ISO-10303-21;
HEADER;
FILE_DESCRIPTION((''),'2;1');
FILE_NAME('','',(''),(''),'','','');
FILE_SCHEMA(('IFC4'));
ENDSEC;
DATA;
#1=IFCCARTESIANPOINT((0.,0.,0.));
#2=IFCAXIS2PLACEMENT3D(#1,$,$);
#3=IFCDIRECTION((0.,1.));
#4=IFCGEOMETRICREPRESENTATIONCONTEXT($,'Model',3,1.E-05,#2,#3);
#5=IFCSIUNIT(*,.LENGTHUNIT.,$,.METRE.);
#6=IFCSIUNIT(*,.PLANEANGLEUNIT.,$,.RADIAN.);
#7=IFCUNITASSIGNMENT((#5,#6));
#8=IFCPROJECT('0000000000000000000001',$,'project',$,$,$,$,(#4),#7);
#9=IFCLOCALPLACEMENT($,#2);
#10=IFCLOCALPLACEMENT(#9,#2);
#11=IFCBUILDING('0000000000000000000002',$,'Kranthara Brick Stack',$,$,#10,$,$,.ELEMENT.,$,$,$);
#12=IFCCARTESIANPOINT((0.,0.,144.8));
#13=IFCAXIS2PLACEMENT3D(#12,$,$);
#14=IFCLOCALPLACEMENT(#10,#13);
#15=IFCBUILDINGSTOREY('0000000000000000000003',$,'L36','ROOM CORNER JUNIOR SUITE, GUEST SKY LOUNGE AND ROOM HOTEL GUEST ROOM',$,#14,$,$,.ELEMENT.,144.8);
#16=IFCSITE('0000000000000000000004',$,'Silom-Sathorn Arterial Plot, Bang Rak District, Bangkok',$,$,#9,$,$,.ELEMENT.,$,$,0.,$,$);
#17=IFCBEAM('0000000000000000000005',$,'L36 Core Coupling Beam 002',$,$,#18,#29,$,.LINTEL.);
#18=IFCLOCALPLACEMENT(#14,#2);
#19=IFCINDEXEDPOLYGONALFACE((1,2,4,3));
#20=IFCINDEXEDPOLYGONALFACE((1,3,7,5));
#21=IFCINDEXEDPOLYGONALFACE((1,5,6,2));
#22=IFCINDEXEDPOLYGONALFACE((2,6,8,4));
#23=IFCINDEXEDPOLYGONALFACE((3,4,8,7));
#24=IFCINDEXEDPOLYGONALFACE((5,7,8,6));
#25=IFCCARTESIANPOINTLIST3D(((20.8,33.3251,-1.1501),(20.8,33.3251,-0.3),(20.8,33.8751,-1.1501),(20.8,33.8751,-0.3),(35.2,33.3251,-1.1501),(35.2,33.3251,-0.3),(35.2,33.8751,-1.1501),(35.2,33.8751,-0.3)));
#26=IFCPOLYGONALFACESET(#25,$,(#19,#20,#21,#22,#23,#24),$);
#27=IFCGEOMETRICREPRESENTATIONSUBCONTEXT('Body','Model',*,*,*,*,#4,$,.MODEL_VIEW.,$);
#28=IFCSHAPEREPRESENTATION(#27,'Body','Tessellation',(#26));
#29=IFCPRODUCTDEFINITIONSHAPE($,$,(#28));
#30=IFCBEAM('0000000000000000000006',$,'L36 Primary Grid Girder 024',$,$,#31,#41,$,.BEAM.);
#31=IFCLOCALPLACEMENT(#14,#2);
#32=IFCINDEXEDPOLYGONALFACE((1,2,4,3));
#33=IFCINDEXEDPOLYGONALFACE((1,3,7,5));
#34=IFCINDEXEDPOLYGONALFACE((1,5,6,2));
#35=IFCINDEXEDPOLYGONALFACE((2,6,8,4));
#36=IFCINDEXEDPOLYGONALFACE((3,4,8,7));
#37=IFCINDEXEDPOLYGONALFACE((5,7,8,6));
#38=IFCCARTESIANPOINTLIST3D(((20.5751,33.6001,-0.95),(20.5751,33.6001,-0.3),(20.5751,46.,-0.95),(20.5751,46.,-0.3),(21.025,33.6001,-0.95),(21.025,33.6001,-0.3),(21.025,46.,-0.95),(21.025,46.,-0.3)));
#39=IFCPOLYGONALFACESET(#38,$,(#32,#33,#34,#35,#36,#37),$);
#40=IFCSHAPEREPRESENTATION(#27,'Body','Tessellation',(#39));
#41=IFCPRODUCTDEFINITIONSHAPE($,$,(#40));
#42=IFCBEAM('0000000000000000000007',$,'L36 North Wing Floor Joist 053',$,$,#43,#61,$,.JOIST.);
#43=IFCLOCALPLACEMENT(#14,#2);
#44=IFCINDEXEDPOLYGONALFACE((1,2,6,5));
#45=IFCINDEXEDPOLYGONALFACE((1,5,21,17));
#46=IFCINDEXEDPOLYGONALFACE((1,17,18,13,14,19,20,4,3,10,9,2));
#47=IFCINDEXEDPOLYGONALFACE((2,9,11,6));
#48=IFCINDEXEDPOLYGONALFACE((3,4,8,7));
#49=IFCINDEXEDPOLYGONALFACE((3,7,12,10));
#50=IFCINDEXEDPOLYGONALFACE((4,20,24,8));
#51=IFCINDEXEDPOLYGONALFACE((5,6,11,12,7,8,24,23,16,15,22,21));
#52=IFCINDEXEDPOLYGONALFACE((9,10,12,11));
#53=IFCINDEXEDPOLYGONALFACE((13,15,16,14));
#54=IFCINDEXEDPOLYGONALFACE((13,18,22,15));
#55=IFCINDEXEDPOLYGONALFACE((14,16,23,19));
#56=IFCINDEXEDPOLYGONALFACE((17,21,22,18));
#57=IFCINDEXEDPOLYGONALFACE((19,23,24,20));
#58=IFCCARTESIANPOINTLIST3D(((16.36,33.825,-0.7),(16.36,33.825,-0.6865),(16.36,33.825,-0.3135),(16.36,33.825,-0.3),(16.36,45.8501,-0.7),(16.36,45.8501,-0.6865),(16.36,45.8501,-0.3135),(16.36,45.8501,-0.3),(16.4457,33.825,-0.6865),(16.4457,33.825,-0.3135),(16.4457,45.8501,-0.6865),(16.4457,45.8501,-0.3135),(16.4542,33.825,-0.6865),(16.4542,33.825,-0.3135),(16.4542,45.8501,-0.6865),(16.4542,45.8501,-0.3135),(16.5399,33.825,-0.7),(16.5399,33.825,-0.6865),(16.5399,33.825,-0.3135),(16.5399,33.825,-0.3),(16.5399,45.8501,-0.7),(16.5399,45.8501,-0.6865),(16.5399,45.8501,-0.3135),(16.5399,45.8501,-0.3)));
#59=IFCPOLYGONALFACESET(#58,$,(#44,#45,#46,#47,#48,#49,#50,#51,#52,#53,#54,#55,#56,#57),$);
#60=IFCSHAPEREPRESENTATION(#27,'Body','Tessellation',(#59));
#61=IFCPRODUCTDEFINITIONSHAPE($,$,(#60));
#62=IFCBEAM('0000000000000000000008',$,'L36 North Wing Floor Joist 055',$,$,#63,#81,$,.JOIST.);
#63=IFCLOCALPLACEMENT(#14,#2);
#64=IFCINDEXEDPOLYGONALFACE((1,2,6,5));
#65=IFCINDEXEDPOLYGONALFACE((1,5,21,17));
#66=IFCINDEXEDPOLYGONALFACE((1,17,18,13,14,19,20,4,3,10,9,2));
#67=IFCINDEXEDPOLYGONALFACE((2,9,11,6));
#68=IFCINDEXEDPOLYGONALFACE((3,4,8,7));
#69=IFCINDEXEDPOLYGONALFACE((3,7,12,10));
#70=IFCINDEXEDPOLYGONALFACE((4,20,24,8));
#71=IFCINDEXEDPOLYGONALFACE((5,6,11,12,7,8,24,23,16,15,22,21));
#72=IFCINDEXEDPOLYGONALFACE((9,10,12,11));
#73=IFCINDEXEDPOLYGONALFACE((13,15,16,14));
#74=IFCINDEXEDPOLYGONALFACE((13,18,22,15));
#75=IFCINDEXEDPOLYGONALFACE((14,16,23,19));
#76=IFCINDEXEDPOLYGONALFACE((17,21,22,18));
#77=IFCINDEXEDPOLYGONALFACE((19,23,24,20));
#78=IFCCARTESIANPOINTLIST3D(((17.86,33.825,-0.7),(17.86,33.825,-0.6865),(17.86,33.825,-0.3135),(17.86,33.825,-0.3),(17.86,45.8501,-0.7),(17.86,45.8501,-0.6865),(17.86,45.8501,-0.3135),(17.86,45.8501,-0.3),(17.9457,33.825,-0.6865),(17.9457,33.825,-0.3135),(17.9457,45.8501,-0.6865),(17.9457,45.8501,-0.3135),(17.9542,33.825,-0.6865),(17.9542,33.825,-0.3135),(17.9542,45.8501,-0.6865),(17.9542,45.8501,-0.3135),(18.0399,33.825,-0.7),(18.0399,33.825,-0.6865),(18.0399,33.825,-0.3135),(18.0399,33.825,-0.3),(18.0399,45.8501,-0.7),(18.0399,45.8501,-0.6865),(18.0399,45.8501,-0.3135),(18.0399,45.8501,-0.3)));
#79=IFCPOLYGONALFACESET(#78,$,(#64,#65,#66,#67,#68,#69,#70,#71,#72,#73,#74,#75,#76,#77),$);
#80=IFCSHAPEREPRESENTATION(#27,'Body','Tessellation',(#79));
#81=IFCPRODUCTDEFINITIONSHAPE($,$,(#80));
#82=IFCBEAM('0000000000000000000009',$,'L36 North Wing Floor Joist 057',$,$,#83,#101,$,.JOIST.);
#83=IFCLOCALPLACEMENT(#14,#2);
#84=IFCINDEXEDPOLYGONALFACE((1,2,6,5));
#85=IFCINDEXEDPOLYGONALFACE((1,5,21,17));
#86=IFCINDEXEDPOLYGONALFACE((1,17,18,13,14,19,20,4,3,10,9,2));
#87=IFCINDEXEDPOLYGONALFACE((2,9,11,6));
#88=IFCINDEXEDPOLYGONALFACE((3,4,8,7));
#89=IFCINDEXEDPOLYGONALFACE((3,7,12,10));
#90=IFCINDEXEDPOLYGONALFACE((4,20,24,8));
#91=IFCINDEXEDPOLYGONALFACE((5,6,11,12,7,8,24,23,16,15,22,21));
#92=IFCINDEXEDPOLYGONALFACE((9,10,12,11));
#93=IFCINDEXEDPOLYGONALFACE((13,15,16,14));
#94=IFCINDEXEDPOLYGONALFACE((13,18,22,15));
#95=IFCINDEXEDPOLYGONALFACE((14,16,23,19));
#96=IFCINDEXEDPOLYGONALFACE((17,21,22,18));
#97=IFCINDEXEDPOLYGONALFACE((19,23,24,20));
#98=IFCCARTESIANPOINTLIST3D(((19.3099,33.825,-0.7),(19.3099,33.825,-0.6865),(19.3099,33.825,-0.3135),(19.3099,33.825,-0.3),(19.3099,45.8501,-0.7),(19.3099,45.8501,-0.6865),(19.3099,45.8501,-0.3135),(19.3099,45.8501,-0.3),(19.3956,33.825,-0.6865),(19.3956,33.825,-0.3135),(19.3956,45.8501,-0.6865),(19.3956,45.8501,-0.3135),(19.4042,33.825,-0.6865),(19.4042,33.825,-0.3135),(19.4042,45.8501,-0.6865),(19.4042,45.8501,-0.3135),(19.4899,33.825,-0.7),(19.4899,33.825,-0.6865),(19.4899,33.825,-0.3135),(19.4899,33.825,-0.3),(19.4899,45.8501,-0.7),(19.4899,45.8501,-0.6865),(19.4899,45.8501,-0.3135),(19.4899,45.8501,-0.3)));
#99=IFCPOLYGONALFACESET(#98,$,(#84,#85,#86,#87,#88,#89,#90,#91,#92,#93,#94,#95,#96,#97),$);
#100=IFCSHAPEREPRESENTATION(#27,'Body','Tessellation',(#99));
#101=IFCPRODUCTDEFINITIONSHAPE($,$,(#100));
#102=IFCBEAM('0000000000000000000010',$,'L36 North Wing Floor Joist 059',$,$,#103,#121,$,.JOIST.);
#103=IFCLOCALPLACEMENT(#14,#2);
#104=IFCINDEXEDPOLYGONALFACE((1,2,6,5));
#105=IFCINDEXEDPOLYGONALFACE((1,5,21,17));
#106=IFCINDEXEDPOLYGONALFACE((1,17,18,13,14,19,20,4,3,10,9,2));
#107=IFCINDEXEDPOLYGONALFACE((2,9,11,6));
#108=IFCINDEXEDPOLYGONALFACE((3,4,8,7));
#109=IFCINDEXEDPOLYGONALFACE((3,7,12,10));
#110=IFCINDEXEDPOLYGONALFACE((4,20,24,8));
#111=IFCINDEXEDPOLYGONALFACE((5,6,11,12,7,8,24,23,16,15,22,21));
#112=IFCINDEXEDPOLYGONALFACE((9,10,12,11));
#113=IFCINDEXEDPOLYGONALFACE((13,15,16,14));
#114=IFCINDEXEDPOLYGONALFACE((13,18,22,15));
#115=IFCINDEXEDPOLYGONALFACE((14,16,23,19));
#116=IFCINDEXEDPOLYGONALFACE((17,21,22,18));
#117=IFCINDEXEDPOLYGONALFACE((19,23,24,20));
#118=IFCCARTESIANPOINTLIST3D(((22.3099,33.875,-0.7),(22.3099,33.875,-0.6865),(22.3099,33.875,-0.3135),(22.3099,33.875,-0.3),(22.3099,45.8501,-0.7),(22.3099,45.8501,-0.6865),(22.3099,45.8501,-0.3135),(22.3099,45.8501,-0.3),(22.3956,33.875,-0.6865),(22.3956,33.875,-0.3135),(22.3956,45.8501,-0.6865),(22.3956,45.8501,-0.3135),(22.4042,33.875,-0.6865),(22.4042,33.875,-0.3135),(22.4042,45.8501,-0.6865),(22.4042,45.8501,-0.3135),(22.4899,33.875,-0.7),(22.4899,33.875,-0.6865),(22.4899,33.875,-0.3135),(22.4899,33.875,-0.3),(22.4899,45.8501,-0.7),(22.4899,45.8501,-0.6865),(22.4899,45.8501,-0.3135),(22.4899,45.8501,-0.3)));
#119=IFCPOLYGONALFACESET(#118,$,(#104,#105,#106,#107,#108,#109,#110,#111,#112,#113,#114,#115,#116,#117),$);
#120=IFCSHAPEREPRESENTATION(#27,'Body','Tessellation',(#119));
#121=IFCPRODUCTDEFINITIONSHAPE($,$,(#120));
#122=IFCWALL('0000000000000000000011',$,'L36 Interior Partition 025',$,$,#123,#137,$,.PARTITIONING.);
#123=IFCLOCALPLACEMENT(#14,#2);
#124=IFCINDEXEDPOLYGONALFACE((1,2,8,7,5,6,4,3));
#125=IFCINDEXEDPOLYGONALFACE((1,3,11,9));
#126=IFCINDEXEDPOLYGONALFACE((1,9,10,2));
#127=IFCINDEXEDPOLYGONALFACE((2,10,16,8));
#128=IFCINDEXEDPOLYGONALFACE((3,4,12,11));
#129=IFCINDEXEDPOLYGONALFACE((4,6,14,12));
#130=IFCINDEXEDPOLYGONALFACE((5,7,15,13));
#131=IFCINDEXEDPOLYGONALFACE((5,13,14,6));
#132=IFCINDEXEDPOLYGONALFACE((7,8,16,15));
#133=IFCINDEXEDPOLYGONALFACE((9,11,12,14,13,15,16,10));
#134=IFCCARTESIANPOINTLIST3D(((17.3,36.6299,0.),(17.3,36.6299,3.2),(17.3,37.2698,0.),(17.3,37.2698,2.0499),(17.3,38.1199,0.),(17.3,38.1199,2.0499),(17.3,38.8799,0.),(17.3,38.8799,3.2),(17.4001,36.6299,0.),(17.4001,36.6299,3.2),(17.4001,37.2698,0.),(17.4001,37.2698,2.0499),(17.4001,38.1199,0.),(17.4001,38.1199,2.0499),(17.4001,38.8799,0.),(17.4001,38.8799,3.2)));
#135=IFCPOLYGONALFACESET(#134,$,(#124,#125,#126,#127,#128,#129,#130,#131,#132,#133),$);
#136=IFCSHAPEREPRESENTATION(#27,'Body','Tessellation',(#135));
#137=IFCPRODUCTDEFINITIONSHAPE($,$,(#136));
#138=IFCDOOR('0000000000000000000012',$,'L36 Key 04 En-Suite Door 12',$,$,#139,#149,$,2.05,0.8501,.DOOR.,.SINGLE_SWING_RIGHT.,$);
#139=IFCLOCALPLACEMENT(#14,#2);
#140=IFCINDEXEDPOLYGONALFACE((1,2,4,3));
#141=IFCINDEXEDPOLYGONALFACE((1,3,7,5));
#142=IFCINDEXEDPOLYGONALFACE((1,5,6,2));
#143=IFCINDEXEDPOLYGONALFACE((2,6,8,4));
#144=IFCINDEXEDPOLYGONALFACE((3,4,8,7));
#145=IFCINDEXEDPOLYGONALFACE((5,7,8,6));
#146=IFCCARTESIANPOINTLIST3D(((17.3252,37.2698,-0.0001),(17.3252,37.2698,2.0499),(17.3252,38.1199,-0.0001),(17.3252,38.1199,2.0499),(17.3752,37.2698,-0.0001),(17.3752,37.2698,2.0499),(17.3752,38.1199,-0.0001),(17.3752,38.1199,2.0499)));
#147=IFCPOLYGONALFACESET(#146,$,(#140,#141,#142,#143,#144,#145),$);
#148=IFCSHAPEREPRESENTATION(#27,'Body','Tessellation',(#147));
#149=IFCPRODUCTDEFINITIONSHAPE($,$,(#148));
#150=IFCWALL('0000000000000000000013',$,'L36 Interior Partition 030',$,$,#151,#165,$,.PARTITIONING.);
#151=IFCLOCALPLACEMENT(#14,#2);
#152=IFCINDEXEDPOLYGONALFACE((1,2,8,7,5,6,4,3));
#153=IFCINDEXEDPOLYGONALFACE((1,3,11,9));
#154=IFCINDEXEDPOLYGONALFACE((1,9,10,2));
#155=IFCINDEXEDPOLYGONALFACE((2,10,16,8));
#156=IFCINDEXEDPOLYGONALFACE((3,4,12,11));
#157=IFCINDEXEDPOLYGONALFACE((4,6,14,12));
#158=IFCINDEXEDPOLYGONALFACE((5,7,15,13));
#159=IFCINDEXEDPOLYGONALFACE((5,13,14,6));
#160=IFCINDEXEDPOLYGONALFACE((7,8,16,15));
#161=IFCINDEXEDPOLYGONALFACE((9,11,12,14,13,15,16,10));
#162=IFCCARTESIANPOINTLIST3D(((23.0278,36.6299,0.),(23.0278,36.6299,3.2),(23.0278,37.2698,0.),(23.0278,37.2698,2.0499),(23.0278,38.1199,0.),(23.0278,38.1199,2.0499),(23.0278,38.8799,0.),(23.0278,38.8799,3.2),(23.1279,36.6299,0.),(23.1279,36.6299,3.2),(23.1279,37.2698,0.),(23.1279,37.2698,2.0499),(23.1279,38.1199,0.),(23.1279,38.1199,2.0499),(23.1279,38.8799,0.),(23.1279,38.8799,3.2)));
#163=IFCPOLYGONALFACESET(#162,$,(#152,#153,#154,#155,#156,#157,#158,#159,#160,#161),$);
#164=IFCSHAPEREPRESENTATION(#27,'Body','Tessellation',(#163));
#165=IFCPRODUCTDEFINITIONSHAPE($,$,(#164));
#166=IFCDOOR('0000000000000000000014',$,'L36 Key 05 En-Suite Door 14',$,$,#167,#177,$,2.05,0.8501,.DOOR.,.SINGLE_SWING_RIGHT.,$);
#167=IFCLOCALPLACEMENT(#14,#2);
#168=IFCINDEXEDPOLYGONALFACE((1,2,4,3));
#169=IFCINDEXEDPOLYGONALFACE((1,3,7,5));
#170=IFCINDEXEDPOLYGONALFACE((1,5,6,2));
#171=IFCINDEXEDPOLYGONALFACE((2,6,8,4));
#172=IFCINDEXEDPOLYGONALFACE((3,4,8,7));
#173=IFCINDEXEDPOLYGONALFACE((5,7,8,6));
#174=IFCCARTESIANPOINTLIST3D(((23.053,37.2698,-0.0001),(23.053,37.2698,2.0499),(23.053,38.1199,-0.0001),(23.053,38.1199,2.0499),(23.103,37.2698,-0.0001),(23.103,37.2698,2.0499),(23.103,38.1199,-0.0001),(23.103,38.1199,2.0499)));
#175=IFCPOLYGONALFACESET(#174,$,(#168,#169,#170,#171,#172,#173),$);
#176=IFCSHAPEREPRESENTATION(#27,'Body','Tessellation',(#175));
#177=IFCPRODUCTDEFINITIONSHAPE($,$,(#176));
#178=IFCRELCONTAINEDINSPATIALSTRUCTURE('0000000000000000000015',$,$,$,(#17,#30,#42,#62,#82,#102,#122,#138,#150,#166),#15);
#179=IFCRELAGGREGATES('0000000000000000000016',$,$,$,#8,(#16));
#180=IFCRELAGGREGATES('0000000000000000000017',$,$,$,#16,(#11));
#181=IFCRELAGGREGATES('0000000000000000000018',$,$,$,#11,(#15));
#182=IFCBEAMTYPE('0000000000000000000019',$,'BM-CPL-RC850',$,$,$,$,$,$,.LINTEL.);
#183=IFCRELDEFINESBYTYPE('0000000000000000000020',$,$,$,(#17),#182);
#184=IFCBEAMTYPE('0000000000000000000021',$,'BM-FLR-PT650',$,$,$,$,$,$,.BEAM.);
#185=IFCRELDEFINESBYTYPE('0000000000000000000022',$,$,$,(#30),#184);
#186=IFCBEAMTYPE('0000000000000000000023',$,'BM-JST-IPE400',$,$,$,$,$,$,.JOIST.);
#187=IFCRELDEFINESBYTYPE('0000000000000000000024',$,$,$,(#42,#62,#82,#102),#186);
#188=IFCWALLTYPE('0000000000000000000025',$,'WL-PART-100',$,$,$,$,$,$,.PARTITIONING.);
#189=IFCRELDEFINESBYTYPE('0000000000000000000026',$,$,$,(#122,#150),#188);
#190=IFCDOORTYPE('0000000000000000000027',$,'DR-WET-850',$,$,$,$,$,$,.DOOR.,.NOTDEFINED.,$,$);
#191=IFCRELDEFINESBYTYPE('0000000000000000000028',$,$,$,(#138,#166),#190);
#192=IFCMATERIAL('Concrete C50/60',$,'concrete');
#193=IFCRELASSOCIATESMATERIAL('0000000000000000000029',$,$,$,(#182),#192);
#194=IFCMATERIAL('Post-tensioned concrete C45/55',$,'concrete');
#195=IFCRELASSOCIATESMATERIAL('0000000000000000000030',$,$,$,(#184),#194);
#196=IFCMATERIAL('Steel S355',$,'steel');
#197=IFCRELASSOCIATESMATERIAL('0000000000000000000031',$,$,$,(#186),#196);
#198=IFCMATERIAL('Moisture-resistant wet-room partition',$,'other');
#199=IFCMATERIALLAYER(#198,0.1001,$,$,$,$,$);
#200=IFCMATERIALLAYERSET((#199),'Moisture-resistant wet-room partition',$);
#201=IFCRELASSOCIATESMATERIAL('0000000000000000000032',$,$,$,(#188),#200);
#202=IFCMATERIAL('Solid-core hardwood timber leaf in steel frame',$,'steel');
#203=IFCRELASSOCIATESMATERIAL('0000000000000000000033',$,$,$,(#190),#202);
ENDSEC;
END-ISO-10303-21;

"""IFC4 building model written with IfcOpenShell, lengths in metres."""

from ifc_helpers import new_model, si_unit, direction, frame, frame_2d, origin, origin_2d, place, context, subcontext, project, spatial, rectangle, i_section, extrude, material, layer, layer_set, material_profile, profile_set, type_object, element, fill, save


model = new_model("IFC4")

# Units and contexts
model_context = context("Model", 3, precision=1e-05, world=origin(), true_north=direction((0.0, 1.0)))
body_context = subcontext(model_context, "Body", "Model", "MODEL_VIEW")
ifc_project = project(units=[si_unit("LENGTHUNIT", "METRE"), si_unit("PLANEANGLEUNIT", "RADIAN")], contexts=[model_context])

# Site, building, storey
site_placement = place(None, origin())
site = spatial("IfcSite", under=ifc_project, at=site_placement, Name="Silom-Sathorn Arterial Plot, Bang Rak District, Bangkok", CompositionType="ELEMENT", RefElevation=0.0)
building_placement = place(site_placement, origin())
building = spatial("IfcBuilding", under=site, at=building_placement, Name="Kranthara Brick Stack", CompositionType="ELEMENT")
storey_placement = place(building_placement, frame((0.0, 0.0, 144.8)))
storey = spatial("IfcBuildingStorey", under=building, at=storey_placement, Name="L36", Description="ROOM CORNER JUNIOR SUITE, GUEST SKY LOUNGE AND ROOM HOTEL GUEST ROOM", CompositionType="ELEMENT", Elevation=144.8)

# Beams
ifc_material_1 = material(Name="Concrete C50/60", Category="concrete")
ifc_material_profile_1 = material_profile(ifc_material_1, rectangle(XDim=0.55, YDim=0.8501, at=origin_2d()), Name="RC 550x850")
ifc_profile_set_1 = profile_set([ifc_material_profile_1], Name="Concrete C50/60")
beam_type_1 = type_object("IfcBeamType", Name="BM-CPL-RC850", PredefinedType="LINTEL", material=ifc_profile_set_1)
beam_1_placement = place(storey_placement, frame((20.8, 33.6001, -0.7251), z_axis=(1.0, 0.0, 0.0), x_axis=(0.0, 1.0, 0.0)))
element("IfcBeam", 1, at=beam_1_placement, inside=storey, type_object=beam_type_1, Name="L36 Core Coupling Beam 002", PredefinedType="LINTEL", context=body_context, shape_type="SweptSolid", body=[
    extrude(rectangle(XDim=0.55, YDim=0.8501, at=origin_2d()), origin(), (0.0, 0.0, 1.0), 14.3999),
])
ifc_material_2 = material(Name="Post-tensioned concrete C45/55", Category="concrete")
ifc_material_profile_2 = material_profile(ifc_material_2, rectangle(XDim=0.45, YDim=0.6499, at=origin_2d()), Name="PT 450x650")
ifc_profile_set_2 = profile_set([ifc_material_profile_2], Name="Post-tensioned concrete C45/55")
beam_type_2 = type_object("IfcBeamType", Name="BM-FLR-PT650", PredefinedType="BEAM", material=ifc_profile_set_2)
beam_2_placement = place(storey_placement, frame((20.8, 33.6001, -0.625), z_axis=(0.0, 1.0, 0.0), x_axis=(-1.0, 0.0, 0.0)))
element("IfcBeam", 2, at=beam_2_placement, inside=storey, type_object=beam_type_2, Name="L36 Primary Grid Girder 024", PredefinedType="BEAM", context=body_context, shape_type="SweptSolid", body=[
    extrude(rectangle(XDim=0.45, YDim=0.6499, at=origin_2d()), origin(), (0.0, 0.0, 1.0), 12.3999),
])
ifc_material_3 = material(Name="Steel S355", Category="steel")
ifc_material_profile_3 = material_profile(ifc_material_3, i_section(OverallWidth=0.1799, OverallDepth=0.3999, WebThickness=0.0085, FlangeThickness=0.0134, at=origin_2d()), Name="IPE 400")
ifc_profile_set_3 = profile_set([ifc_material_profile_3], Name="Steel S355")
beam_type_3 = type_object("IfcBeamType", Name="BM-JST-IPE400", PredefinedType="JOIST", material=ifc_profile_set_3)
for number, where, z_axis, x_axis, name in (
    (3, (16.45, 33.825, -0.5), (0.0, 1.0, 0.0), (-1.0, 0.0, 0.0), "L36 North Wing Floor Joist 053"),
    (4, (17.95, 33.825, -0.5), (0.0, 1.0, 0.0), (-1.0, 0.0, 0.0), "L36 North Wing Floor Joist 055"),
    (5, (19.3999, 33.825, -0.5), (0.0, 1.0, 0.0), (-1.0, 0.0, 0.0), "L36 North Wing Floor Joist 057"),
):
    element("IfcBeam", number, at=place(storey_placement, frame(where, z_axis=z_axis, x_axis=x_axis)), inside=storey, type_object=beam_type_3, Name=name, PredefinedType="JOIST", context=body_context, shape_type="SweptSolid", body=[
        extrude(i_section(OverallWidth=0.1799, OverallDepth=0.3999, WebThickness=0.0085, FlangeThickness=0.0134, at=origin_2d()), origin(), (0.0, 0.0, 1.0), 12.0251),
    ])
beam_3_placement = place(storey_placement, frame((22.3999, 33.875, -0.5), z_axis=(0.0, 1.0, 0.0), x_axis=(-1.0, 0.0, 0.0)))
element("IfcBeam", 6, at=beam_3_placement, inside=storey, type_object=beam_type_3, Name="L36 North Wing Floor Joist 059", PredefinedType="JOIST", context=body_context, shape_type="SweptSolid", body=[
    extrude(i_section(OverallWidth=0.1799, OverallDepth=0.3999, WebThickness=0.0085, FlangeThickness=0.0134, at=origin_2d()), origin(), (0.0, 0.0, 1.0), 11.9751),
])

# Walls, openings, doors
ifc_material_4 = material(Name="Moisture-resistant wet-room partition", Category="other")
ifc_layer_1 = layer(ifc_material_4, 0.1001)
ifc_layer_set_1 = layer_set([ifc_layer_1], Name="Moisture-resistant wet-room partition")
wall_type_1 = type_object("IfcWallType", Name="WL-PART-100", PredefinedType="PARTITIONING", material=ifc_layer_set_1)
wall_1_placement = place(storey_placement, frame((17.3501, 36.6299, 0.0), z_axis=(0.0, 0.0, 1.0), x_axis=(0.0, 1.0, 0.0)))
wall_1 = element("IfcWall", 7, at=wall_1_placement, inside=storey, type_object=wall_type_1, Name="L36 Interior Partition 025", PredefinedType="PARTITIONING", context=body_context, shape_type="SweptSolid", body=[
    extrude(rectangle(XDim=2.25, YDim=0.1001, at=frame_2d((1.125, 0.0))), origin(), (0.0, 0.0, 1.0), 3.2),
])
opening_1_placement = place(wall_1_placement, frame((0.6399, 0.0, 0.0)))
opening_1 = element("IfcOpeningElement", 8, at=opening_1_placement, cuts=wall_1, PredefinedType="OPENING", context=body_context, shape_type="SweptSolid", body=[
    extrude(rectangle(XDim=0.8501, YDim=2.05, at=frame_2d((0.425, 1.0249))), frame((0.0, 0.0601, 0.0), z_axis=(0.0, -1.0, 0.0), x_axis=(1.0, 0.0, 0.0)), (0.0, 0.0, 1.0), 0.1201),
])
ifc_material_5 = material(Name="Solid-core hardwood timber leaf in steel frame", Category="steel")
door_type_1 = type_object("IfcDoorType", Name="DR-WET-850", OperationType="NOTDEFINED", PredefinedType="DOOR", material=ifc_material_5)
door_1_placement = place(opening_1_placement, origin())
door_1 = element("IfcDoor", 9, at=door_1_placement, inside=storey, type_object=door_type_1, Name="L36 Key 04 En-Suite Door 12", OperationType="SINGLE_SWING_RIGHT", OverallHeight=2.05, OverallWidth=0.8501, PredefinedType="DOOR", context=body_context, shape_type="SweptSolid", body=[
    extrude(rectangle(XDim=0.8501, YDim=2.05, at=frame_2d((0.425, 1.0249))), frame((0.0, 0.0249, 0.0), z_axis=(0.0, -1.0, 0.0), x_axis=(1.0, 0.0, 0.0)), (0.0, 0.0, 1.0), 0.05),
])
fill(opening_1, door_1)
wall_2_placement = place(storey_placement, frame((23.0779, 36.6299, 0.0), z_axis=(0.0, 0.0, 1.0), x_axis=(0.0, 1.0, 0.0)))
wall_2 = element("IfcWall", 10, at=wall_2_placement, inside=storey, type_object=wall_type_1, Name="L36 Interior Partition 030", PredefinedType="PARTITIONING", context=body_context, shape_type="SweptSolid", body=[
    extrude(rectangle(XDim=2.25, YDim=0.1001, at=frame_2d((1.125, 0.0))), origin(), (0.0, 0.0, 1.0), 3.2),
])
opening_2_placement = place(wall_2_placement, frame((0.6399, 0.0, 0.0)))
opening_2 = element("IfcOpeningElement", 11, at=opening_2_placement, cuts=wall_2, PredefinedType="OPENING", context=body_context, shape_type="SweptSolid", body=[
    extrude(rectangle(XDim=0.8501, YDim=2.05, at=frame_2d((0.425, 1.0249))), frame((0.0, 0.0601, 0.0), z_axis=(0.0, -1.0, 0.0), x_axis=(1.0, 0.0, 0.0)), (0.0, 0.0, 1.0), 0.1201),
])
door_2_placement = place(opening_2_placement, origin())
door_2 = element("IfcDoor", 12, at=door_2_placement, inside=storey, type_object=door_type_1, Name="L36 Key 05 En-Suite Door 14", OperationType="SINGLE_SWING_RIGHT", OverallHeight=2.05, OverallWidth=0.8501, PredefinedType="DOOR", context=body_context, shape_type="SweptSolid", body=[
    extrude(rectangle(XDim=0.8501, YDim=2.05, at=frame_2d((0.425, 1.0249))), frame((0.0, 0.0249, 0.0), z_axis=(0.0, -1.0, 0.0), x_axis=(1.0, 0.0, 0.0)), (0.0, 0.0, 1.0), 0.05),
])
fill(opening_2, door_2)

save(model, "model.ifc")
